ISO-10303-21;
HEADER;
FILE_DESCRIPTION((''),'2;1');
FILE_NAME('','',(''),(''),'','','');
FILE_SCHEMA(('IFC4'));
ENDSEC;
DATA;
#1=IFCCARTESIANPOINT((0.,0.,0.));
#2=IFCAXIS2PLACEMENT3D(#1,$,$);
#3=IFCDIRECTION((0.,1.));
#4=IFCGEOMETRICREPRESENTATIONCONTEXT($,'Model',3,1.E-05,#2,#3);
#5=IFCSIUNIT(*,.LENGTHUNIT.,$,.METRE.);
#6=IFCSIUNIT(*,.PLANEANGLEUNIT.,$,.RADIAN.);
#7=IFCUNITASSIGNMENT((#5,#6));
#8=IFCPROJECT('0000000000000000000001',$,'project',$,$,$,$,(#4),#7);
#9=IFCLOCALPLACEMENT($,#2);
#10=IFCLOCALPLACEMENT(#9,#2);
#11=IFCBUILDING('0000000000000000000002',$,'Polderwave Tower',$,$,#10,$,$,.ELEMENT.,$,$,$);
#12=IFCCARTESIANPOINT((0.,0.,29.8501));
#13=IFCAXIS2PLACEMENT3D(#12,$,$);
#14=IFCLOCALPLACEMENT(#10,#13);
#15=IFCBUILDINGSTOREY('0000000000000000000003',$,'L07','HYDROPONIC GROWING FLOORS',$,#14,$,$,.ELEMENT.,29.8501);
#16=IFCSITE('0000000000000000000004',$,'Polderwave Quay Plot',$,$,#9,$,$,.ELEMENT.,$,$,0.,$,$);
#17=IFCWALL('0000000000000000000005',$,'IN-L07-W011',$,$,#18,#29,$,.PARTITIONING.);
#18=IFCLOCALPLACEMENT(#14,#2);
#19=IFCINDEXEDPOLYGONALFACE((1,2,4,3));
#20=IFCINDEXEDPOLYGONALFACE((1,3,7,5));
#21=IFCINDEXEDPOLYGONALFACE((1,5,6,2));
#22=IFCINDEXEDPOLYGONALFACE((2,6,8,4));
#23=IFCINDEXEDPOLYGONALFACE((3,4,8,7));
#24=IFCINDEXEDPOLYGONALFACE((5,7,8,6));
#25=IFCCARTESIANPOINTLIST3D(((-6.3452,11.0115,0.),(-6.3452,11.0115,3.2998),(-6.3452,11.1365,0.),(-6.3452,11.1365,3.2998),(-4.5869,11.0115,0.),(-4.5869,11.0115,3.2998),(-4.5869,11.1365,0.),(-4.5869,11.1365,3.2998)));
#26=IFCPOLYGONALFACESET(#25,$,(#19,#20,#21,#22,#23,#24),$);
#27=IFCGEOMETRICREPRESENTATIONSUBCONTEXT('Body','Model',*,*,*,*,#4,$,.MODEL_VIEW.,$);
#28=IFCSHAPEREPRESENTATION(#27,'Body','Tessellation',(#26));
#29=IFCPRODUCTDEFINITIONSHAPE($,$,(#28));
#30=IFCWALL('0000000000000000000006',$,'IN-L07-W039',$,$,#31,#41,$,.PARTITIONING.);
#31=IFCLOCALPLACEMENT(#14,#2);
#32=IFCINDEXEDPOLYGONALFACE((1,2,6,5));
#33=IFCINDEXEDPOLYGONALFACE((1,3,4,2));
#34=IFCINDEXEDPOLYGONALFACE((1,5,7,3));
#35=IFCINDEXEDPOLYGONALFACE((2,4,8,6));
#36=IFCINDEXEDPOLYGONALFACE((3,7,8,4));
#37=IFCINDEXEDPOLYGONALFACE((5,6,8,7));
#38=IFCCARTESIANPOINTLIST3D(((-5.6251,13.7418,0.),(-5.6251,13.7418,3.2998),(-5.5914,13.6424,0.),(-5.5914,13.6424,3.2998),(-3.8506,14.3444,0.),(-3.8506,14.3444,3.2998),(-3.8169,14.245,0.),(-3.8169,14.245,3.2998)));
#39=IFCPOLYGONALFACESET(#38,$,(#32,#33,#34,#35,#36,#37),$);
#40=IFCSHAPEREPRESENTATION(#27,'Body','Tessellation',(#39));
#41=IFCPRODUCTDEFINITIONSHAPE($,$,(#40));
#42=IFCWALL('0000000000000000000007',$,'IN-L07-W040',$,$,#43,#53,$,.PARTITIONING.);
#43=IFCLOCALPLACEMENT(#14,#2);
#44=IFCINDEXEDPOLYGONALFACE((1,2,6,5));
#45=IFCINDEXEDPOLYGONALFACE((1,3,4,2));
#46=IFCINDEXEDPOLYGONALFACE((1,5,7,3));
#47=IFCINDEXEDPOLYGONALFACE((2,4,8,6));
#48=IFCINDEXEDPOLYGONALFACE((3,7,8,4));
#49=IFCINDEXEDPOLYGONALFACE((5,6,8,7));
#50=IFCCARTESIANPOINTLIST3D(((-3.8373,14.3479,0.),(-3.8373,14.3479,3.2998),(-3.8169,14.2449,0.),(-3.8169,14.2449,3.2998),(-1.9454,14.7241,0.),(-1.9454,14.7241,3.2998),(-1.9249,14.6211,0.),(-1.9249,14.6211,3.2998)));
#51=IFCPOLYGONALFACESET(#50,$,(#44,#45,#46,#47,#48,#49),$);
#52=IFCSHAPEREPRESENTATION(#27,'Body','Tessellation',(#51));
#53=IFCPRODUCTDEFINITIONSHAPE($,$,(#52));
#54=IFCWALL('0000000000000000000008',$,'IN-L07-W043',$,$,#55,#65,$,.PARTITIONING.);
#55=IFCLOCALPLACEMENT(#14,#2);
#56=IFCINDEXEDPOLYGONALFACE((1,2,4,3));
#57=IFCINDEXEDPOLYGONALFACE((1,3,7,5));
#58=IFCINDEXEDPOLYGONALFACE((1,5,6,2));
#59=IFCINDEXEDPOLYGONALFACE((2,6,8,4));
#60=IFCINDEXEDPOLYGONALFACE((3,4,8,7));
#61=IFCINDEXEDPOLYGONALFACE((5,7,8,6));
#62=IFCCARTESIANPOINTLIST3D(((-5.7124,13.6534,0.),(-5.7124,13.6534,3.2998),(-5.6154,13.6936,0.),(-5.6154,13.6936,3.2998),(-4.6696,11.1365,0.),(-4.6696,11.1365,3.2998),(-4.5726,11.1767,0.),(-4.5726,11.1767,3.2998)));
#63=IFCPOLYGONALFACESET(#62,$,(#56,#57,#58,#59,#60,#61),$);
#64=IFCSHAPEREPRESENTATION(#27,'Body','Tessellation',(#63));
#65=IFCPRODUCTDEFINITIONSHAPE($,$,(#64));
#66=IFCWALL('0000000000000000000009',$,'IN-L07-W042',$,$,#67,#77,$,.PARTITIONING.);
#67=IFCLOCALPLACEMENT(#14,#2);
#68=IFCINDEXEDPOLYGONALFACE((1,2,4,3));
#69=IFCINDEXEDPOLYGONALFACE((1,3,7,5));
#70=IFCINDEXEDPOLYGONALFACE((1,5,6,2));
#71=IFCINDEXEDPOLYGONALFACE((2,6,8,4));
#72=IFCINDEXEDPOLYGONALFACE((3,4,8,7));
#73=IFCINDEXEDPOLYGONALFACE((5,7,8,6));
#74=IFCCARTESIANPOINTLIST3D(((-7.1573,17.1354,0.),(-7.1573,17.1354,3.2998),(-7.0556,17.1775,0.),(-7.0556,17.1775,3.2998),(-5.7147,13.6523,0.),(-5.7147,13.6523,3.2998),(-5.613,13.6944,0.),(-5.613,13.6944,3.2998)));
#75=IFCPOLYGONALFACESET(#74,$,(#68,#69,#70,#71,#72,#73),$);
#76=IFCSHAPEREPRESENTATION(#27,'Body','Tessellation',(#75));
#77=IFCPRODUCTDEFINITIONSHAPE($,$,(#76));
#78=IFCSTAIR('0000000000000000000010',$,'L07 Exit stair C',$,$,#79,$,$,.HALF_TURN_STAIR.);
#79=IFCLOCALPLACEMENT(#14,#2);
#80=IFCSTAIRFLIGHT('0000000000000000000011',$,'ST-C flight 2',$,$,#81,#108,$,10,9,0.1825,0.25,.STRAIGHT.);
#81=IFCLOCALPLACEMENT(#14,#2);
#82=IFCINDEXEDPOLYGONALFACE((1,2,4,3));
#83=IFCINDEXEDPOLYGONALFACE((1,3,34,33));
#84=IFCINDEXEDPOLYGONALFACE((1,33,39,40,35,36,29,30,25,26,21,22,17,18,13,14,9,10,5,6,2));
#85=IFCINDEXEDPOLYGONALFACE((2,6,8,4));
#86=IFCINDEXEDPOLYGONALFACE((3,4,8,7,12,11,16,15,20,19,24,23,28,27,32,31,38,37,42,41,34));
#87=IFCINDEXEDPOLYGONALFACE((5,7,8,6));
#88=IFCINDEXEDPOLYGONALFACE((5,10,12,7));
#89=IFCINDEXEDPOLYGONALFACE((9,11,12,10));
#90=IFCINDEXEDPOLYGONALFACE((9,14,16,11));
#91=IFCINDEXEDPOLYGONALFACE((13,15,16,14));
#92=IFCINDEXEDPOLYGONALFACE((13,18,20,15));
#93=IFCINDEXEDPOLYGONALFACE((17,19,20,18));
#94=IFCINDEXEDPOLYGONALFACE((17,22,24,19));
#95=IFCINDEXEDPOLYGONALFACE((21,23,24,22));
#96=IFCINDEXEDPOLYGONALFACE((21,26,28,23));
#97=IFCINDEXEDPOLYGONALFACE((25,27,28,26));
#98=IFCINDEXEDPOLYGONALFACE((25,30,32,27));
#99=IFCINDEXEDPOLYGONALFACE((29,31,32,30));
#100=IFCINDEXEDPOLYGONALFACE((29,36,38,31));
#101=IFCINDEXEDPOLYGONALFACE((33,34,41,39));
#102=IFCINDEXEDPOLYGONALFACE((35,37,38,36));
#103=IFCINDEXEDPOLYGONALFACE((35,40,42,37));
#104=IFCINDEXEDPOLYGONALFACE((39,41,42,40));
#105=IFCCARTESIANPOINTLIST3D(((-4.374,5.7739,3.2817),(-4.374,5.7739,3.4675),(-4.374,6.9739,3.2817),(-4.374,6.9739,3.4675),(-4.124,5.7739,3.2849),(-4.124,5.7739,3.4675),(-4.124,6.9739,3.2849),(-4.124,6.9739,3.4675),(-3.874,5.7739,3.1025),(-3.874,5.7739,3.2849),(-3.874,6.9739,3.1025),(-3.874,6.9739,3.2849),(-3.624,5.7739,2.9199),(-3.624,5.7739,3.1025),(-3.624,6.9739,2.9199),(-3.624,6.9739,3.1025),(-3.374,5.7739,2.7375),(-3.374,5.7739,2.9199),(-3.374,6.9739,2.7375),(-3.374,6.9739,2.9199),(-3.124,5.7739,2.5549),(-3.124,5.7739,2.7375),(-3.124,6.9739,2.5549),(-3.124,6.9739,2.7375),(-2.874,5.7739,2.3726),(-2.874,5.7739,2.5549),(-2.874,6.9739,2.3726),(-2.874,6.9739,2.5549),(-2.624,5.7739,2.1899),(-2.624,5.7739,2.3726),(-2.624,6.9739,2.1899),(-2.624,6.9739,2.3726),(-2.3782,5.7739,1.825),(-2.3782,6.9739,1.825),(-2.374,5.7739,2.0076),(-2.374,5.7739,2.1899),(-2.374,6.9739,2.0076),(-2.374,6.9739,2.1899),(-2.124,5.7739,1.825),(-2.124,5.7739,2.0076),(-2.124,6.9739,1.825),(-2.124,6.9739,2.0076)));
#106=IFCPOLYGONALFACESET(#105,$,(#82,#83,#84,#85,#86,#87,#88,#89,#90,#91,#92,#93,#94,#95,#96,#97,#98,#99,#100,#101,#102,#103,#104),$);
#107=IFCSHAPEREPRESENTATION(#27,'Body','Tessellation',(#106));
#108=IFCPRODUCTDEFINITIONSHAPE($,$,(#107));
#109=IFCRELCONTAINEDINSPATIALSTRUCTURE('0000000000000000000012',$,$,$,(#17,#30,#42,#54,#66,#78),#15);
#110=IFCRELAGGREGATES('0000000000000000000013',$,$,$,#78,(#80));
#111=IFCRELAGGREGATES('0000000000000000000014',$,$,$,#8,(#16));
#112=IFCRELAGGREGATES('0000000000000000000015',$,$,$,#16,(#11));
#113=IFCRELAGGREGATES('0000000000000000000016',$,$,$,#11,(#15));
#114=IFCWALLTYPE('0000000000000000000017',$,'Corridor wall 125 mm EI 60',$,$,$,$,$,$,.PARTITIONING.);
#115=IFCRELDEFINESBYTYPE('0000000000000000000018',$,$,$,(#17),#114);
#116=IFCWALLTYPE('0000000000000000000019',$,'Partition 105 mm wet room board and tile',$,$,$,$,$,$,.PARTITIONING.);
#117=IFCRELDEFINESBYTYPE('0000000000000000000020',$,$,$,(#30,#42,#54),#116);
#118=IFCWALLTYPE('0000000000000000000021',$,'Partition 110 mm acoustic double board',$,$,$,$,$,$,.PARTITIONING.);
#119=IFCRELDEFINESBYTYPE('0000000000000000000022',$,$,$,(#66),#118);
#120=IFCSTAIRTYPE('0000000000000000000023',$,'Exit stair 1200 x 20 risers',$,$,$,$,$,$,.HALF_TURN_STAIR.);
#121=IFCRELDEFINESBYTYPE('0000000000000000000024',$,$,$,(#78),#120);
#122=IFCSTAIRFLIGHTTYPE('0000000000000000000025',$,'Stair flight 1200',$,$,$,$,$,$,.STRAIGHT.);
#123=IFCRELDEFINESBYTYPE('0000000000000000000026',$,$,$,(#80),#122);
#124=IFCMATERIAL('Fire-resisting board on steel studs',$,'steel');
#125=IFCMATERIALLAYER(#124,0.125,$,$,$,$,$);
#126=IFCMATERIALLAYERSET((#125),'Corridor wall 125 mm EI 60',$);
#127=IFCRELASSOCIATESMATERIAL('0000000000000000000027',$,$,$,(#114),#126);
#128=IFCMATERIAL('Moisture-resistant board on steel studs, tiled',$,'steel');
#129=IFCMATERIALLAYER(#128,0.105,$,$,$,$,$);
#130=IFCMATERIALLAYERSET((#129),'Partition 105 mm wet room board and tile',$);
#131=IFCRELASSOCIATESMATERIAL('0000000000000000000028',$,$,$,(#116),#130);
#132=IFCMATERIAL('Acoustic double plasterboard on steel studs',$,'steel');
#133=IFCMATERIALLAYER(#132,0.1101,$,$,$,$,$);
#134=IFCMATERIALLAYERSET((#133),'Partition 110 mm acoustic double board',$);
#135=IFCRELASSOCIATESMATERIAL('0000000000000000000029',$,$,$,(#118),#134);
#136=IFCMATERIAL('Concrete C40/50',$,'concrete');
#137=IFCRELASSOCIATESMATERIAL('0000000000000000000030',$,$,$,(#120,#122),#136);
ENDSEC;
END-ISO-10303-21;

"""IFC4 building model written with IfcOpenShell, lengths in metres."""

from ifc_helpers import new_model, si_unit, direction, frame, frame_2d, origin, place, context, subcontext, project, spatial, polyline, rectangle, outline, extrude, material, layer, layer_set, type_object, element, aggregate, save


model = new_model("IFC4")

# Units and contexts
model_context = context("Model", 3, precision=1e-05, world=origin(), true_north=direction((0.0, 1.0)))
body_context = subcontext(model_context, "Body", "Model", "MODEL_VIEW")
ifc_project = project(units=[si_unit("LENGTHUNIT", "METRE"), si_unit("PLANEANGLEUNIT", "RADIAN")], contexts=[model_context])

# Site, building, storey
site_placement = place(None, origin())
site = spatial("IfcSite", under=ifc_project, at=site_placement, Name="Polderwave Quay Plot", CompositionType="ELEMENT", RefElevation=0.0)
building_placement = place(site_placement, origin())
building = spatial("IfcBuilding", under=site, at=building_placement, Name="Polderwave Tower", CompositionType="ELEMENT")
storey_placement = place(building_placement, frame((0.0, 0.0, 29.8501)))
storey = spatial("IfcBuildingStorey", under=building, at=storey_placement, Name="L07", Description="HYDROPONIC GROWING FLOORS", CompositionType="ELEMENT", Elevation=29.8501)

# Shared definitions
ifc_material_1 = material(Name="Fire-resisting board on steel studs", Category="steel")
ifc_layer_1 = layer(ifc_material_1, 0.125)
ifc_layer_set_1 = layer_set([ifc_layer_1], Name="Corridor wall 125 mm EI 60")
wall_type_1 = type_object("IfcWallType", Name="Corridor wall 125 mm EI 60", PredefinedType="PARTITIONING", material=ifc_layer_set_1)

# Walls
wall_1_placement = place(storey_placement, frame((-6.3452, 11.074, 0.0), z_axis=(0.0, 0.0, 1.0), x_axis=(1.0, 0.0, 0.0)))
element("IfcWall", 1, at=wall_1_placement, inside=storey, type_object=wall_type_1, Name="IN-L07-W011", PredefinedType="PARTITIONING", context=body_context, shape_type="SweptSolid", body=[
    extrude(rectangle(XDim=1.7583, YDim=0.125, at=frame_2d((0.8792, 0.0))), origin(), (0.0, 0.0, 1.0), 3.2998),
])
ifc_material_2 = material(Name="Moisture-resistant board on steel studs, tiled", Category="steel")
ifc_layer_2 = layer(ifc_material_2, 0.105)
ifc_layer_set_2 = layer_set([ifc_layer_2], Name="Partition 105 mm wet room board and tile")
wall_type_2 = type_object("IfcWallType", Name="Partition 105 mm wet room board and tile", PredefinedType="PARTITIONING", material=ifc_layer_set_2)
wall_2_placement = place(storey_placement, frame((-3.8337, 14.2947, 0.0), z_axis=(0.0, 0.0, 1.0), x_axis=(-0.946897, -0.321538, 0.0)))
element("IfcWall", 2, at=wall_2_placement, inside=storey, type_object=wall_type_2, Name="IN-L07-W039", PredefinedType="PARTITIONING", context=body_context, shape_type="SweptSolid", body=[
    extrude(rectangle(XDim=1.874, YDim=0.105, at=frame_2d((0.937, 0.0))), origin(), (0.0, 0.0, 1.0), 3.2998),
])
wall_3_placement = place(storey_placement, frame((-1.9353, 14.6726, 0.0), z_axis=(0.0, 0.0, 1.0), x_axis=(-0.980794, -0.195045, 0.0)))
element("IfcWall", 3, at=wall_3_placement, inside=storey, type_object=wall_type_2, Name="IN-L07-W040", PredefinedType="PARTITIONING", context=body_context, shape_type="SweptSolid", body=[
    extrude(rectangle(XDim=1.929, YDim=0.105, at=frame_2d((0.9644, 0.0))), origin(), (0.0, 0.0, 1.0), 3.2998),
])
wall_4_placement = place(storey_placement, frame((-4.6211, 11.1565, 0.0), z_axis=(0.0, 0.0, 1.0), x_axis=(-0.38275, 0.923852, 0.0)))
element("IfcWall", 4, at=wall_4_placement, inside=storey, type_object=wall_type_2, Name="IN-L07-W043", PredefinedType="PARTITIONING", context=body_context, shape_type="SweptSolid", body=[
    extrude(rectangle(XDim=2.7244, YDim=0.105, at=frame_2d((1.3623, 0.0))), origin(), (0.0, 0.0, 1.0), 3.2998),
])
ifc_material_3 = material(Name="Acoustic double plasterboard on steel studs", Category="steel")
ifc_layer_3 = layer(ifc_material_3, 0.1101)
ifc_layer_set_3 = layer_set([ifc_layer_3], Name="Partition 110 mm acoustic double board")
wall_type_3 = type_object("IfcWallType", Name="Partition 110 mm acoustic double board", PredefinedType="PARTITIONING", material=ifc_layer_set_3)
wall_5_placement = place(storey_placement, frame((-5.6638, 13.6733, 0.0), z_axis=(0.0, 0.0, 1.0), x_axis=(-0.382651, 0.923893, 0.0)))
element("IfcWall", 5, at=wall_5_placement, inside=storey, type_object=wall_type_3, Name="IN-L07-W042", PredefinedType="PARTITIONING", context=body_context, shape_type="SweptSolid", body=[
    extrude(rectangle(XDim=3.77, YDim=0.1101, at=frame_2d((1.885, 0.0))), origin(), (0.0, 0.0, 1.0), 3.2998),
])

# Stair, stair flight
ifc_material_4 = material(Name="Concrete C40/50", Category="concrete")
stair_type = type_object("IfcStairType", Name="Exit stair 1200 x 20 risers", PredefinedType="HALF_TURN_STAIR", material=ifc_material_4)
stair_placement = place(storey_placement, origin())
stair = element("IfcStair", 6, at=stair_placement, inside=storey, type_object=stair_type, Name="L07 Exit stair C", PredefinedType="HALF_TURN_STAIR")
stair_flight_type = type_object("IfcStairFlightType", Name="Stair flight 1200", PredefinedType="STRAIGHT", material=ifc_material_4)
stair_flight_placement = place(storey_placement, frame((-2.124, 6.374, 1.825), z_axis=(0.0, 0.0, 1.0), x_axis=(-1.0, 0.0, 0.0)))
stair_flight = element("IfcStairFlight", 7, at=stair_flight_placement, type_object=stair_flight_type, Name="ST-C flight 2", NumberOfRisers=10, NumberOfTreads=9, PredefinedType="STRAIGHT", RiserHeight=0.1825, TreadLength=0.25, context=body_context, shape_type="SweptSolid", body=[
    extrude(outline(polyline([(0.0, 0.0), (0.0, 0.1826), (0.25, 0.1826), (0.25, 0.365), (0.5, 0.365), (0.5, 0.5476), (0.75, 0.5476), (0.75, 0.73), (1.0, 0.73), (1.0, 0.9126), (1.25, 0.9126), (1.25, 1.095), (1.5, 1.095), (1.5, 1.2776), (1.75, 1.2776), (1.75, 1.46), (2.0, 1.46), (2.0, 1.6426), (2.25, 1.6426), (2.25, 1.825), (2.25, 1.4568), (0.2542, 0.0), (0.0, 0.0)])), frame((0.0, 0.6001, 0.0), z_axis=(0.0, -1.0, 0.0), x_axis=(1.0, 0.0, 0.0)), (0.0, 0.0, 1.0), 1.2),
])
aggregate(stair, [stair_flight])

save(model, "model.ifc")
